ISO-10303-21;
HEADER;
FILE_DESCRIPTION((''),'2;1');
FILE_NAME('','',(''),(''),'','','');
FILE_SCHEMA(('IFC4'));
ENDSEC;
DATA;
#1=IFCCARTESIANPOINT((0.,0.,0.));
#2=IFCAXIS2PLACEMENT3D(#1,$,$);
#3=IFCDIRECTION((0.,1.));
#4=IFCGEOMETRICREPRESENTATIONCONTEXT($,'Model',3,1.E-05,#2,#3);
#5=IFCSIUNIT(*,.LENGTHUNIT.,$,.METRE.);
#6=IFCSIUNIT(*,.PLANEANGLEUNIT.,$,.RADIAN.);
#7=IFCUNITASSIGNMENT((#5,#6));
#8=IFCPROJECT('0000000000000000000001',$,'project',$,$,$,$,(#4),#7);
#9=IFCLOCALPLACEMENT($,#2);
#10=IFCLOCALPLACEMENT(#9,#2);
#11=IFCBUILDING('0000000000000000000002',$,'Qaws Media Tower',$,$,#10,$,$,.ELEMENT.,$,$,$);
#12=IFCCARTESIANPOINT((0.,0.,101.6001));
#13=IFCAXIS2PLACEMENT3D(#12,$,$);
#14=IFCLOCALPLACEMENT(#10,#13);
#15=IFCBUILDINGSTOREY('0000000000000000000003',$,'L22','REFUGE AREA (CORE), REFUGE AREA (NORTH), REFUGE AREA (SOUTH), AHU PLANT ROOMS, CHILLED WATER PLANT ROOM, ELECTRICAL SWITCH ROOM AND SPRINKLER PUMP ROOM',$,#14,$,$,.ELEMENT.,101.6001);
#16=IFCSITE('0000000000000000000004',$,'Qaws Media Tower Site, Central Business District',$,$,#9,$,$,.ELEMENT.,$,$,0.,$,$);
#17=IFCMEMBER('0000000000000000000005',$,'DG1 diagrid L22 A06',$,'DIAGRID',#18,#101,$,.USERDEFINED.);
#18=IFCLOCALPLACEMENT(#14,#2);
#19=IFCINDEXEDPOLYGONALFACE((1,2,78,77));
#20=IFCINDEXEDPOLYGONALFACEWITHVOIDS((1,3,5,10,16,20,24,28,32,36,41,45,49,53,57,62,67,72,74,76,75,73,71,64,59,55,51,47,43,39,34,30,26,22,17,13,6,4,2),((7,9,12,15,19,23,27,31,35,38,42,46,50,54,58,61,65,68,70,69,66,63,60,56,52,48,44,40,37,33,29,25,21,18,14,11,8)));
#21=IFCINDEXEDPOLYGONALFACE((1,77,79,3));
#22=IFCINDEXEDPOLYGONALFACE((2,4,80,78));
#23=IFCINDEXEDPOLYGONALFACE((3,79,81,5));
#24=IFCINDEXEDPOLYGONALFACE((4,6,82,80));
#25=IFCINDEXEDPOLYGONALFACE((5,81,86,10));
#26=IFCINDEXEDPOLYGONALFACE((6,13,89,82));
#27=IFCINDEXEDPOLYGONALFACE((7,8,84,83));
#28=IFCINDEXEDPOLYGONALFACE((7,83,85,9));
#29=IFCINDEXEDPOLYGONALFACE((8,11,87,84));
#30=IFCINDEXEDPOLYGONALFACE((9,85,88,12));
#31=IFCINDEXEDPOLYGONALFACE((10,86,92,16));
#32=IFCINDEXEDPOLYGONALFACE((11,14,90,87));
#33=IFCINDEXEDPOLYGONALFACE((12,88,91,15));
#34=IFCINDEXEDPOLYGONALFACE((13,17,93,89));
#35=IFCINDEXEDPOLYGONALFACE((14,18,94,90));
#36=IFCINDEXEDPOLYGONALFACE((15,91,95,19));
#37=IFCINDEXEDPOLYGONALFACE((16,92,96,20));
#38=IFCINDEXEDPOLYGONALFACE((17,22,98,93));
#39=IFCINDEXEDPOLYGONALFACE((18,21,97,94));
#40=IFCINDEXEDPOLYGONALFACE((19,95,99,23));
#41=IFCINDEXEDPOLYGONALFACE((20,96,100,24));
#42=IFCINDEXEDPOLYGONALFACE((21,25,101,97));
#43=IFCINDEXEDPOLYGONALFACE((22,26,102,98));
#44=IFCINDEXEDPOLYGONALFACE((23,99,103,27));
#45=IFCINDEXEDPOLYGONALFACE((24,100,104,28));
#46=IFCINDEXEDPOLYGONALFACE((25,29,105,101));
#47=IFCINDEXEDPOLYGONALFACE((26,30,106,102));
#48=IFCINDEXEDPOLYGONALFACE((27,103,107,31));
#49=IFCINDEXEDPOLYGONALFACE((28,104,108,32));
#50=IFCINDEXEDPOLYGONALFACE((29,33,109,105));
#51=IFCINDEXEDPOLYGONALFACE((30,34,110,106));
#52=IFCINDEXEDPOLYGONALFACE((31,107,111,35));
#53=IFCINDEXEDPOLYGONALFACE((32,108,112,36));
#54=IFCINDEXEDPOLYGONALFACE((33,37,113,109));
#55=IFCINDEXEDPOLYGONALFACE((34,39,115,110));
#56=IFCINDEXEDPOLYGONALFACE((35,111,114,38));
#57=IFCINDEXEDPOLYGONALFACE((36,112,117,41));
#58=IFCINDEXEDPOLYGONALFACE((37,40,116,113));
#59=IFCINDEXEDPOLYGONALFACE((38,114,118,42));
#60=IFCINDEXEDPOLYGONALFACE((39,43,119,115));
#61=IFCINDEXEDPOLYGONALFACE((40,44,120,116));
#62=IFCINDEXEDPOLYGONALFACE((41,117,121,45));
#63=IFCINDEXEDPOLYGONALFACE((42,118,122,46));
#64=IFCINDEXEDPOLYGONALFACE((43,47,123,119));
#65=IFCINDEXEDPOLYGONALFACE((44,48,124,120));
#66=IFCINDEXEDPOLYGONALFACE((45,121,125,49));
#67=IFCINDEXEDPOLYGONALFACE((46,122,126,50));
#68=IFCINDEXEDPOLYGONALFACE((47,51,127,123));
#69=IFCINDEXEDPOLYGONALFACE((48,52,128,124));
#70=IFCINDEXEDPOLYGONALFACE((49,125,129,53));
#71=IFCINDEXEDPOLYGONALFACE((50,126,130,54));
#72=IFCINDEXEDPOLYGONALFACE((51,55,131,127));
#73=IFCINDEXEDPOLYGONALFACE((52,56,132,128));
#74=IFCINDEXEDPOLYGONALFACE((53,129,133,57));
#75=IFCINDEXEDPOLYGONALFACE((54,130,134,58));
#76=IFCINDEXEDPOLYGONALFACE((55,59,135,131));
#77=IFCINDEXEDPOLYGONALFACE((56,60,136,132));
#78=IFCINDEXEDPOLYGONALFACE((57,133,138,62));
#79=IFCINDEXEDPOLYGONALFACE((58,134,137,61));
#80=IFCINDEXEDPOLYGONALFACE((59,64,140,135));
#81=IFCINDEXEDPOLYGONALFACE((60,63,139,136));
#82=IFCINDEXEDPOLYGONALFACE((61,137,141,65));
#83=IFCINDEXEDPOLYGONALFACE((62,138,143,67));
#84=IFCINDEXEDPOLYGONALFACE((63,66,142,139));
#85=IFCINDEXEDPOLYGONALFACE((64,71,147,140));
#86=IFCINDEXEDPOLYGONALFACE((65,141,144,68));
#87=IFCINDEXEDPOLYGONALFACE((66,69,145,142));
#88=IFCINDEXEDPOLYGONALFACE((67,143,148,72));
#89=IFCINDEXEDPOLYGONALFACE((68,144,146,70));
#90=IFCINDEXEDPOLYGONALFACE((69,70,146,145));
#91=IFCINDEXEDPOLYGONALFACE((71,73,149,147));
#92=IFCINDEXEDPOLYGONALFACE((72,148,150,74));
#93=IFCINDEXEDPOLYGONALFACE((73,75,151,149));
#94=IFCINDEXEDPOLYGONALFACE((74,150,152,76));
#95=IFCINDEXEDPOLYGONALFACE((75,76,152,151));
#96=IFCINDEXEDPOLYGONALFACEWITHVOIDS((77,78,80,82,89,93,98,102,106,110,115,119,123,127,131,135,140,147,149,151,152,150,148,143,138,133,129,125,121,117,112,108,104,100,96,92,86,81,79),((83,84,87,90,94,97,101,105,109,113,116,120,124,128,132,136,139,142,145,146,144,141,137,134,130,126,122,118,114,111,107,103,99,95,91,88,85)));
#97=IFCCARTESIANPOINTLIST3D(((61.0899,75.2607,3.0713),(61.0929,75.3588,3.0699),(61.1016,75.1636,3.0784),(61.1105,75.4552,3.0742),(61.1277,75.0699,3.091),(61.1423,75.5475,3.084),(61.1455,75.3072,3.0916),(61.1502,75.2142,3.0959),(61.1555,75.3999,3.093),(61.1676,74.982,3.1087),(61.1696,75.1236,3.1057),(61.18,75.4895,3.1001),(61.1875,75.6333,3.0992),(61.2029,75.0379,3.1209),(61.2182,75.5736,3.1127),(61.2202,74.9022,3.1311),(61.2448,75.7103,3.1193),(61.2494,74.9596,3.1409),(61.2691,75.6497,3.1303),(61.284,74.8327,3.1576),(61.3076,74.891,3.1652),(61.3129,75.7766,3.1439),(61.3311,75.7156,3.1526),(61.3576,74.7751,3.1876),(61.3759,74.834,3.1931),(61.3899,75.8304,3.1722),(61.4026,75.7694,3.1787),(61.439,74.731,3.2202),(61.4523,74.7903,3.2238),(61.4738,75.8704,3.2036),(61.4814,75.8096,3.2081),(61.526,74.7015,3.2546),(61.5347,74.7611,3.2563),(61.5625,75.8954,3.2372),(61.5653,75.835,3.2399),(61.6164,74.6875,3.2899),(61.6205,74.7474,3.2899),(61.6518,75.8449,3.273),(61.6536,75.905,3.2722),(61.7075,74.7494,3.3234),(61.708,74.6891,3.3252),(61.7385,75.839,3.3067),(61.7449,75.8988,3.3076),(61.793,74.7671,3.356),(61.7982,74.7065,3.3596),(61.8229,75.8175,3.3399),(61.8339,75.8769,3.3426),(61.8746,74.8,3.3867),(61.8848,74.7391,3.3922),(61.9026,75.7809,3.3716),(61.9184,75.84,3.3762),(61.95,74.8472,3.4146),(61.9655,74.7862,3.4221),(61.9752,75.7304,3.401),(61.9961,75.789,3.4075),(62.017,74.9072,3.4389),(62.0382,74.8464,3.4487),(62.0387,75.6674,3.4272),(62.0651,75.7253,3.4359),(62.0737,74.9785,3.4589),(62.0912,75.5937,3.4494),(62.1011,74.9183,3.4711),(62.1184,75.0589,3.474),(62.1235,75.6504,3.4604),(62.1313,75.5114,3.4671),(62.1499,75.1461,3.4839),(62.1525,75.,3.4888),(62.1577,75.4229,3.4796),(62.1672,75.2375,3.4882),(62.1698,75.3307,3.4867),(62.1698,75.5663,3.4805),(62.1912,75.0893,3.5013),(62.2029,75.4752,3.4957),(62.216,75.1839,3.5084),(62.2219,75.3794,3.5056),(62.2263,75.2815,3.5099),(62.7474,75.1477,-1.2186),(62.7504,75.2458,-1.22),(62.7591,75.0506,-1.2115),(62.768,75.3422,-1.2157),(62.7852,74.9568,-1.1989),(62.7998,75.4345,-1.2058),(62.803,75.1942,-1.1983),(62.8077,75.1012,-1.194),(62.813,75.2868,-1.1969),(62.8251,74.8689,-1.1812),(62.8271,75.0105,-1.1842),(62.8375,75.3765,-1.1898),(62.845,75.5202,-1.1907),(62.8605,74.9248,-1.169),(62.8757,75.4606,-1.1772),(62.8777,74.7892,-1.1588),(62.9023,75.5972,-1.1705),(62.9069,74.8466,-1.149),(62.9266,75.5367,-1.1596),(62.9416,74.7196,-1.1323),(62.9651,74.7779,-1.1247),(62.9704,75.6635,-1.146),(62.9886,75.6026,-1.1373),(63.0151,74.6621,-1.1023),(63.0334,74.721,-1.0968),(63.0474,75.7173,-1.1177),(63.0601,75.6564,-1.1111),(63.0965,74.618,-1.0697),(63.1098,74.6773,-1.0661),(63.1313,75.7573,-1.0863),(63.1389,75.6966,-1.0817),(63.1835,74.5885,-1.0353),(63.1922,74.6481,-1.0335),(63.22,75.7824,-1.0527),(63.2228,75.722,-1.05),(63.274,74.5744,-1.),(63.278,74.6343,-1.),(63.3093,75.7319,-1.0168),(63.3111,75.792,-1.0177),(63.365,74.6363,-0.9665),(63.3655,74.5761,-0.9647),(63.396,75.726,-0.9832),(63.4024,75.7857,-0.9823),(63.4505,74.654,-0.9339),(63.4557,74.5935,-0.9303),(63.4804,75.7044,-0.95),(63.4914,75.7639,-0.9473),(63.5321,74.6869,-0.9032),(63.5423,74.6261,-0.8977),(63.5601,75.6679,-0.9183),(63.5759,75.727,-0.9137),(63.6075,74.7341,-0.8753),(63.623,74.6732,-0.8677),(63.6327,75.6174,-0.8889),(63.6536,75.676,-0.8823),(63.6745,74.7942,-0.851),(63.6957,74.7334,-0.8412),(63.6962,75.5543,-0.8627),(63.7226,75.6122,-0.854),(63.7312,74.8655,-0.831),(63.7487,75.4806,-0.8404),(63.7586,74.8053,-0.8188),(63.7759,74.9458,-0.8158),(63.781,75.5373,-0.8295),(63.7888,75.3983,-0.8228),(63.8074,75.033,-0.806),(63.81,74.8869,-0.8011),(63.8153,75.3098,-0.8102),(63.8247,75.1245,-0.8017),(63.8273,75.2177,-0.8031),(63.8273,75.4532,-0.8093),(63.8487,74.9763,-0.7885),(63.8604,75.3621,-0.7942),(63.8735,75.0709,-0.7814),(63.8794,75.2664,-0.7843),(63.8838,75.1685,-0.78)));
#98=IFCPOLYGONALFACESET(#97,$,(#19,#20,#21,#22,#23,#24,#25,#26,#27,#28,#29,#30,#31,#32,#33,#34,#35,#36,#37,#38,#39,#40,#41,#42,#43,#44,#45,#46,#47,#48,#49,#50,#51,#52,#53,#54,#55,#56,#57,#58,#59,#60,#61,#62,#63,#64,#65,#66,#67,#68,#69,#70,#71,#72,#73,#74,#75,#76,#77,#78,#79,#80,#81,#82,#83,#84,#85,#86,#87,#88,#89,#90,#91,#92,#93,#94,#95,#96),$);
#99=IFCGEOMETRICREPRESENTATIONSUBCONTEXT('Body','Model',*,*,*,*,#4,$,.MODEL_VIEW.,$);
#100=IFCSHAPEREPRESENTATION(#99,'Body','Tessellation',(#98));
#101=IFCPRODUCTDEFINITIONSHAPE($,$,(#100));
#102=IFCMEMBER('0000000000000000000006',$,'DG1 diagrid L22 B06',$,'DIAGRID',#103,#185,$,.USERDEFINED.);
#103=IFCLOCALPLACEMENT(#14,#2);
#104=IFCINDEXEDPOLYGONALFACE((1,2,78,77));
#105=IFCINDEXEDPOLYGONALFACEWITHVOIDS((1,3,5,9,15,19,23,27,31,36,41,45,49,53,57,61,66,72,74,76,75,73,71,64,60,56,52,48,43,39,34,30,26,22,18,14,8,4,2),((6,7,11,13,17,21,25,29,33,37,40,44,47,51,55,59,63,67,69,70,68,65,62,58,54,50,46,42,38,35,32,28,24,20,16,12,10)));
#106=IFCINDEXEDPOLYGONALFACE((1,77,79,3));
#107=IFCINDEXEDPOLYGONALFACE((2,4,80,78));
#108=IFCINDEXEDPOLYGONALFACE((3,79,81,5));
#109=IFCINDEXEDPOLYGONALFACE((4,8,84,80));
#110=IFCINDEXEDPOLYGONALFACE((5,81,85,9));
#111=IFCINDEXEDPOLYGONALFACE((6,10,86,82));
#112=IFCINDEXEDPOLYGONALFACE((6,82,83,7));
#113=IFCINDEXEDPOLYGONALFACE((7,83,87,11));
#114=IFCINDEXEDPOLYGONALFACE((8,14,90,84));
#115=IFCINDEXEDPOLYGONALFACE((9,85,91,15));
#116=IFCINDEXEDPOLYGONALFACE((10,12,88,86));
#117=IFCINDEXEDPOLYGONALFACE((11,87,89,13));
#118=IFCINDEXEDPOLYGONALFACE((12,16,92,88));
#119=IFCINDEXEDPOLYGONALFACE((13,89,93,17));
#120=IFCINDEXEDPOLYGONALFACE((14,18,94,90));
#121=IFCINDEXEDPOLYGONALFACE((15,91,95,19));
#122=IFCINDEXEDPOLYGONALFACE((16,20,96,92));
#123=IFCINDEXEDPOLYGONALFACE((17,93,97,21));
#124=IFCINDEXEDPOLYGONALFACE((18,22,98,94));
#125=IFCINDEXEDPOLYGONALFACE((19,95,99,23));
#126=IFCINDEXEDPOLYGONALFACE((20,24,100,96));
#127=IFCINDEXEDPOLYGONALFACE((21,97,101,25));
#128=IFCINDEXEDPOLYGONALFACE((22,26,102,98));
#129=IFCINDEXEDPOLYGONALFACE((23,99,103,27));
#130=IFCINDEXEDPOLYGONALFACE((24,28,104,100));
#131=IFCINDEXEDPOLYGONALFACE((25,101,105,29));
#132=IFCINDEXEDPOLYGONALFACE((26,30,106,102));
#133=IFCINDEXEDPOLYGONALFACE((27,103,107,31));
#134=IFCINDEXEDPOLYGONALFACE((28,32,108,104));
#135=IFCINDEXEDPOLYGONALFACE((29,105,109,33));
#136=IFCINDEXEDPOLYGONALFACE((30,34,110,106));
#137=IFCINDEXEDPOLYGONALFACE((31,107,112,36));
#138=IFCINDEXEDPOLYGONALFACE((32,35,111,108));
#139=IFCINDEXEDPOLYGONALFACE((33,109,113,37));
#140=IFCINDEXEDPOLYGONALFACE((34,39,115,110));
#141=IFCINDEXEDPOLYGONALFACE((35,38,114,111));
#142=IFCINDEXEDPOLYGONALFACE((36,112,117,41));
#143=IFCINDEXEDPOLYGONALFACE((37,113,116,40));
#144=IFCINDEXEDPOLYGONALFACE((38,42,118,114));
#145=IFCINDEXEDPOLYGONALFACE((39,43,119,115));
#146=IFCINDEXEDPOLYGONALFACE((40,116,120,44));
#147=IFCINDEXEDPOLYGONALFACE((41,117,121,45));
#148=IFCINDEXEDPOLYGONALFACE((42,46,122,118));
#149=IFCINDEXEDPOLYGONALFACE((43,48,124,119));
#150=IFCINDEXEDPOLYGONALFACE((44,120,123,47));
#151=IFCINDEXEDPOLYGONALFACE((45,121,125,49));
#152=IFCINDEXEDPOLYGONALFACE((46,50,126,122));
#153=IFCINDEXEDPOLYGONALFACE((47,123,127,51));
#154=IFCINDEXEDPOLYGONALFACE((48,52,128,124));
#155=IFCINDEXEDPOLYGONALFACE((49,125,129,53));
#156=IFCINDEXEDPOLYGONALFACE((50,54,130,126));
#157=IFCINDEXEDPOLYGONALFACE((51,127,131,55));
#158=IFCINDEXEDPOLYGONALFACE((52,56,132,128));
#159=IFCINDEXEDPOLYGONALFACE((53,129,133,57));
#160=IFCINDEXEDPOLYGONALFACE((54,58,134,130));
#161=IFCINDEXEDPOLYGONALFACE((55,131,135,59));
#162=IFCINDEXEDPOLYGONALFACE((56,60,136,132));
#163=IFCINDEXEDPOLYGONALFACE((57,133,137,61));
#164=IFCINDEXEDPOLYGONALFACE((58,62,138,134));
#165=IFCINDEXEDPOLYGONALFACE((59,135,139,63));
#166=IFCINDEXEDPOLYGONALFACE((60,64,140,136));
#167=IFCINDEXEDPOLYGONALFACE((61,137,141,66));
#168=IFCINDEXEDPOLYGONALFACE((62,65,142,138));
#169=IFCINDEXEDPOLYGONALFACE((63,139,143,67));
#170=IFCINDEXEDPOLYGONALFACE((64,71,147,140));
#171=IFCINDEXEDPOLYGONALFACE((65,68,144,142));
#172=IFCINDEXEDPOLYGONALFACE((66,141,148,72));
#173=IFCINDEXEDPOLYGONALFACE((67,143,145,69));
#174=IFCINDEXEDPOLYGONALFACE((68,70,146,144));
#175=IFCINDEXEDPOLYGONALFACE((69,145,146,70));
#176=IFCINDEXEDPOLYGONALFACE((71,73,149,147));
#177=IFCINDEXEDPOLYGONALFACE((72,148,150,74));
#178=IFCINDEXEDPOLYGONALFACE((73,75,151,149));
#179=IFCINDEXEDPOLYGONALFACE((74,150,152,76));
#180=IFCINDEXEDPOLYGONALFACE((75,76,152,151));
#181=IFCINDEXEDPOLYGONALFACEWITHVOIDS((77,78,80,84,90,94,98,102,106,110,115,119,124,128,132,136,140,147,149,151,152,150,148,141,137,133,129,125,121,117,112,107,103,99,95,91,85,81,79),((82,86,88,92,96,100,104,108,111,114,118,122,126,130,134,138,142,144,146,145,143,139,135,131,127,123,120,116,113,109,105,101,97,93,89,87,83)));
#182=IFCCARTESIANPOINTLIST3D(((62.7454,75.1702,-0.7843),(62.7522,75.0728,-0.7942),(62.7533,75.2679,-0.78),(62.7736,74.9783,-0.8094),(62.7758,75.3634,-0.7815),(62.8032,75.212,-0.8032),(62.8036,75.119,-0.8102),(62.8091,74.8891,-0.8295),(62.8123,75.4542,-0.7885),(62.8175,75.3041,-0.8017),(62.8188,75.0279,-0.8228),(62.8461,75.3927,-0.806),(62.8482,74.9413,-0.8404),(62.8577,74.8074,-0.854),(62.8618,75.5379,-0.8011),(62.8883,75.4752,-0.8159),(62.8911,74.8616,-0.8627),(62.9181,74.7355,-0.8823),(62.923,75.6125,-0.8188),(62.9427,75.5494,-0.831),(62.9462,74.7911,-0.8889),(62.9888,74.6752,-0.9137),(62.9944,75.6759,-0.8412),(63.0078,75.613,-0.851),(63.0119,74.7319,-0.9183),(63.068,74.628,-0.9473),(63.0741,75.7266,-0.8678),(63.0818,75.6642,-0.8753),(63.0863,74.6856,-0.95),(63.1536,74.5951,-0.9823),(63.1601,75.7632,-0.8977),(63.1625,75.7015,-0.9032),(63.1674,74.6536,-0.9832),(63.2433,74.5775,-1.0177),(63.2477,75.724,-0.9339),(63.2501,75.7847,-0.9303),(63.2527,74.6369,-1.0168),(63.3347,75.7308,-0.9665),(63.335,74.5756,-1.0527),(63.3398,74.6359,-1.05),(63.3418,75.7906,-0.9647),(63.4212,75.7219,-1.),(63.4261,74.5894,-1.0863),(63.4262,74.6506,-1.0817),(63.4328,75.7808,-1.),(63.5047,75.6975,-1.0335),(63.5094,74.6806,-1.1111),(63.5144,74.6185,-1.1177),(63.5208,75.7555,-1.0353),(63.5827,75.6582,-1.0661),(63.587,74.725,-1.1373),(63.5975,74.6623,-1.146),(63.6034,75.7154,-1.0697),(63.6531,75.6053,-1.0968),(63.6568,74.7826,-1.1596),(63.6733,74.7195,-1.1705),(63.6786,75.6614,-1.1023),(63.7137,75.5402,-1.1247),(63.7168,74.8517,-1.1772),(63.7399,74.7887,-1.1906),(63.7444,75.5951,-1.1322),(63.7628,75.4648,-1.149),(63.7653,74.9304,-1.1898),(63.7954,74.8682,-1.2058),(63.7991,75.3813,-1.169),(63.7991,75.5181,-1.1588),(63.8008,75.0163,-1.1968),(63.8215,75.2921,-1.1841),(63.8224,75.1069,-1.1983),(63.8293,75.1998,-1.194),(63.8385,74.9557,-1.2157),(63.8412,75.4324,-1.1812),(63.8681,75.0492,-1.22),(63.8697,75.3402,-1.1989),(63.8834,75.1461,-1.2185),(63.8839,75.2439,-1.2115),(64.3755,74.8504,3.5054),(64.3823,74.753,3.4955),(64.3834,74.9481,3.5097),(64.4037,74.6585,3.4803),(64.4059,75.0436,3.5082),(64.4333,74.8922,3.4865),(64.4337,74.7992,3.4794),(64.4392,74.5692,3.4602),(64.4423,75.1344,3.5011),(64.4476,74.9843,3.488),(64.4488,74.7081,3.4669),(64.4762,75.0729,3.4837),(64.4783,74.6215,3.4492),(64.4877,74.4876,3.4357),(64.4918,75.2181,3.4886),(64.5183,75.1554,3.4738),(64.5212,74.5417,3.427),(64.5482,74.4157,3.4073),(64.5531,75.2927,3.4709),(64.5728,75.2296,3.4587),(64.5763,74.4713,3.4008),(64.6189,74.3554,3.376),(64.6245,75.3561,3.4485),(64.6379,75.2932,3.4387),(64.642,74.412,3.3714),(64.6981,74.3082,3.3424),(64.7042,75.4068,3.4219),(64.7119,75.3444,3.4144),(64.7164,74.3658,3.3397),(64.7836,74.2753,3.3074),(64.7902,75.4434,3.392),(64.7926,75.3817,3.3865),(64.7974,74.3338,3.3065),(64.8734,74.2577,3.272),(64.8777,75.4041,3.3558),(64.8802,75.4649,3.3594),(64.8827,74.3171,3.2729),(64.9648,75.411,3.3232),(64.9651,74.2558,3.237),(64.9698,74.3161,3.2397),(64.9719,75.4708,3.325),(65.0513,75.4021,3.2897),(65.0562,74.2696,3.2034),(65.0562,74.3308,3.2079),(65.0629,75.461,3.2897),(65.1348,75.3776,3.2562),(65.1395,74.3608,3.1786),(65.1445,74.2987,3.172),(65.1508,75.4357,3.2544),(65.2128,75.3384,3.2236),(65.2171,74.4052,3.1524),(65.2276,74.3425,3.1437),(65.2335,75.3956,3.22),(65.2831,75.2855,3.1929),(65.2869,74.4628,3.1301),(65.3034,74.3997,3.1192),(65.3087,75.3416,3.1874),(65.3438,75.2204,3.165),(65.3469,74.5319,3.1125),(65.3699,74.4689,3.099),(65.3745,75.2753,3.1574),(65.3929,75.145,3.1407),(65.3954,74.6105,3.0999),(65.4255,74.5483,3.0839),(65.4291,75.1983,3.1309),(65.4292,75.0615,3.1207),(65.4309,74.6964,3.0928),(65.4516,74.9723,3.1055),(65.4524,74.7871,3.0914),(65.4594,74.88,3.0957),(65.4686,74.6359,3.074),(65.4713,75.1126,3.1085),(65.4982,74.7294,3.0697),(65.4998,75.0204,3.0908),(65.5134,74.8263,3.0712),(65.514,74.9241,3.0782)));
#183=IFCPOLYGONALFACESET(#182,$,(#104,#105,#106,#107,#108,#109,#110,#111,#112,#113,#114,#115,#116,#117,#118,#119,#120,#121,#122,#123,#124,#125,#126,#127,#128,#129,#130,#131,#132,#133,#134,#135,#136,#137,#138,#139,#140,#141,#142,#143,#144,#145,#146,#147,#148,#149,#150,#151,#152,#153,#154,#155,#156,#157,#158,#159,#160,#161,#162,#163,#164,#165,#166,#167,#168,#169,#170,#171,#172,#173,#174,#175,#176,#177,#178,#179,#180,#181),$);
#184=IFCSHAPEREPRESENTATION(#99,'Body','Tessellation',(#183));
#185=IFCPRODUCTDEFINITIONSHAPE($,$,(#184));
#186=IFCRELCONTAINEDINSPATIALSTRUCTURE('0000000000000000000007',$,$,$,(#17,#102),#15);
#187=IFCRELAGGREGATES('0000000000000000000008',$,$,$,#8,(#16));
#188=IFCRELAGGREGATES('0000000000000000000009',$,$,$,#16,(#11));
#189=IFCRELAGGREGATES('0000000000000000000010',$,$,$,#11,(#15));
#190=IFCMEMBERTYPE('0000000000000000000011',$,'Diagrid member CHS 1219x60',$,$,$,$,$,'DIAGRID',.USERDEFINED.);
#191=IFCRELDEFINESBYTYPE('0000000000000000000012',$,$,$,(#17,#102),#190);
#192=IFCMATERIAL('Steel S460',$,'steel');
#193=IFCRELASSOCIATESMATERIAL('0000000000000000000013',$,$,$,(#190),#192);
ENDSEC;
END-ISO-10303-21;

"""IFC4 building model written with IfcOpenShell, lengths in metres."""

from ifc_helpers import new_model, si_unit, direction, frame, origin, origin_2d, place, context, subcontext, project, spatial, hollow_circle, extrude, material, material_profile, profile_set, type_object, element, save


model = new_model("IFC4")

# Units and contexts
model_context = context("Model", 3, precision=1e-05, world=origin(), true_north=direction((0.0, 1.0)))
body_context = subcontext(model_context, "Body", "Model", "MODEL_VIEW")
ifc_project = project(units=[si_unit("LENGTHUNIT", "METRE"), si_unit("PLANEANGLEUNIT", "RADIAN")], contexts=[model_context])

# Site, building, storey
site_placement = place(None, origin())
site = spatial("IfcSite", under=ifc_project, at=site_placement, Name="Qaws Media Tower Site, Central Business District", CompositionType="ELEMENT", RefElevation=0.0)
building_placement = place(site_placement, origin())
building = spatial("IfcBuilding", under=site, at=building_placement, Name="Qaws Media Tower", CompositionType="ELEMENT")
storey_placement = place(building_placement, frame((0.0, 0.0, 101.6001)))
storey = spatial("IfcBuildingStorey", under=building, at=storey_placement, Name="L22", Description="REFUGE AREA (CORE), REFUGE AREA (NORTH), REFUGE AREA (SOUTH), AHU PLANT ROOMS, CHILLED WATER PLANT ROOM, ELECTRICAL SWITCH ROOM AND SPRINKLER PUMP ROOM", CompositionType="ELEMENT", Elevation=101.6001)

# Members
ifc_material_1 = material(Name="Steel S460", Category="steel")
ifc_material_profile_1 = material_profile(ifc_material_1, hollow_circle(Radius=0.6096, WallThickness=0.0601, at=origin_2d()), Name="CHS 1219x60")
ifc_profile_set_1 = profile_set([ifc_material_profile_1], Name="Steel S460")
member_type_1 = type_object("IfcMemberType", Name="Diagrid member CHS 1219x60", ElementType="DIAGRID", PredefinedType="USERDEFINED", material=ifc_profile_set_1)
member_1_placement = place(storey_placement, frame((63.3154, 75.1826, -1.0), z_axis=(-0.3603, 0.024572, 0.932513), x_axis=(-0.068041, -0.997683, 0.0)))
element("IfcMember", 1, at=member_1_placement, inside=storey, type_object=member_type_1, Name="DG1 diagrid L22 A06", ObjectType="DIAGRID", PredefinedType="USERDEFINED", context=body_context, shape_type="SweptSolid", body=[
    extrude(hollow_circle(Radius=0.6096, WallThickness=0.0601, at=origin_2d()), origin(), (0.0, 0.0, 1.0), 4.6003),
])
for number, where, z_axis, x_axis, name in (
    (2, (63.3154, 75.1826, -1.0), (0.354359, -0.069524, 0.932521), (0.192525, 0.981292, 0.0), "DG1 diagrid L22 B06"),
):
    element("IfcMember", number, at=place(storey_placement, frame(where, z_axis=z_axis, x_axis=x_axis)), inside=storey, type_object=member_type_1, Name=name, ObjectType="DIAGRID", PredefinedType="USERDEFINED", context=body_context, shape_type="SweptSolid", body=[
        extrude(hollow_circle(Radius=0.6096, WallThickness=0.0601, at=origin_2d()), origin(), (0.0, 0.0, 1.0), 4.6001),
    ])

save(model, "model.ifc")
